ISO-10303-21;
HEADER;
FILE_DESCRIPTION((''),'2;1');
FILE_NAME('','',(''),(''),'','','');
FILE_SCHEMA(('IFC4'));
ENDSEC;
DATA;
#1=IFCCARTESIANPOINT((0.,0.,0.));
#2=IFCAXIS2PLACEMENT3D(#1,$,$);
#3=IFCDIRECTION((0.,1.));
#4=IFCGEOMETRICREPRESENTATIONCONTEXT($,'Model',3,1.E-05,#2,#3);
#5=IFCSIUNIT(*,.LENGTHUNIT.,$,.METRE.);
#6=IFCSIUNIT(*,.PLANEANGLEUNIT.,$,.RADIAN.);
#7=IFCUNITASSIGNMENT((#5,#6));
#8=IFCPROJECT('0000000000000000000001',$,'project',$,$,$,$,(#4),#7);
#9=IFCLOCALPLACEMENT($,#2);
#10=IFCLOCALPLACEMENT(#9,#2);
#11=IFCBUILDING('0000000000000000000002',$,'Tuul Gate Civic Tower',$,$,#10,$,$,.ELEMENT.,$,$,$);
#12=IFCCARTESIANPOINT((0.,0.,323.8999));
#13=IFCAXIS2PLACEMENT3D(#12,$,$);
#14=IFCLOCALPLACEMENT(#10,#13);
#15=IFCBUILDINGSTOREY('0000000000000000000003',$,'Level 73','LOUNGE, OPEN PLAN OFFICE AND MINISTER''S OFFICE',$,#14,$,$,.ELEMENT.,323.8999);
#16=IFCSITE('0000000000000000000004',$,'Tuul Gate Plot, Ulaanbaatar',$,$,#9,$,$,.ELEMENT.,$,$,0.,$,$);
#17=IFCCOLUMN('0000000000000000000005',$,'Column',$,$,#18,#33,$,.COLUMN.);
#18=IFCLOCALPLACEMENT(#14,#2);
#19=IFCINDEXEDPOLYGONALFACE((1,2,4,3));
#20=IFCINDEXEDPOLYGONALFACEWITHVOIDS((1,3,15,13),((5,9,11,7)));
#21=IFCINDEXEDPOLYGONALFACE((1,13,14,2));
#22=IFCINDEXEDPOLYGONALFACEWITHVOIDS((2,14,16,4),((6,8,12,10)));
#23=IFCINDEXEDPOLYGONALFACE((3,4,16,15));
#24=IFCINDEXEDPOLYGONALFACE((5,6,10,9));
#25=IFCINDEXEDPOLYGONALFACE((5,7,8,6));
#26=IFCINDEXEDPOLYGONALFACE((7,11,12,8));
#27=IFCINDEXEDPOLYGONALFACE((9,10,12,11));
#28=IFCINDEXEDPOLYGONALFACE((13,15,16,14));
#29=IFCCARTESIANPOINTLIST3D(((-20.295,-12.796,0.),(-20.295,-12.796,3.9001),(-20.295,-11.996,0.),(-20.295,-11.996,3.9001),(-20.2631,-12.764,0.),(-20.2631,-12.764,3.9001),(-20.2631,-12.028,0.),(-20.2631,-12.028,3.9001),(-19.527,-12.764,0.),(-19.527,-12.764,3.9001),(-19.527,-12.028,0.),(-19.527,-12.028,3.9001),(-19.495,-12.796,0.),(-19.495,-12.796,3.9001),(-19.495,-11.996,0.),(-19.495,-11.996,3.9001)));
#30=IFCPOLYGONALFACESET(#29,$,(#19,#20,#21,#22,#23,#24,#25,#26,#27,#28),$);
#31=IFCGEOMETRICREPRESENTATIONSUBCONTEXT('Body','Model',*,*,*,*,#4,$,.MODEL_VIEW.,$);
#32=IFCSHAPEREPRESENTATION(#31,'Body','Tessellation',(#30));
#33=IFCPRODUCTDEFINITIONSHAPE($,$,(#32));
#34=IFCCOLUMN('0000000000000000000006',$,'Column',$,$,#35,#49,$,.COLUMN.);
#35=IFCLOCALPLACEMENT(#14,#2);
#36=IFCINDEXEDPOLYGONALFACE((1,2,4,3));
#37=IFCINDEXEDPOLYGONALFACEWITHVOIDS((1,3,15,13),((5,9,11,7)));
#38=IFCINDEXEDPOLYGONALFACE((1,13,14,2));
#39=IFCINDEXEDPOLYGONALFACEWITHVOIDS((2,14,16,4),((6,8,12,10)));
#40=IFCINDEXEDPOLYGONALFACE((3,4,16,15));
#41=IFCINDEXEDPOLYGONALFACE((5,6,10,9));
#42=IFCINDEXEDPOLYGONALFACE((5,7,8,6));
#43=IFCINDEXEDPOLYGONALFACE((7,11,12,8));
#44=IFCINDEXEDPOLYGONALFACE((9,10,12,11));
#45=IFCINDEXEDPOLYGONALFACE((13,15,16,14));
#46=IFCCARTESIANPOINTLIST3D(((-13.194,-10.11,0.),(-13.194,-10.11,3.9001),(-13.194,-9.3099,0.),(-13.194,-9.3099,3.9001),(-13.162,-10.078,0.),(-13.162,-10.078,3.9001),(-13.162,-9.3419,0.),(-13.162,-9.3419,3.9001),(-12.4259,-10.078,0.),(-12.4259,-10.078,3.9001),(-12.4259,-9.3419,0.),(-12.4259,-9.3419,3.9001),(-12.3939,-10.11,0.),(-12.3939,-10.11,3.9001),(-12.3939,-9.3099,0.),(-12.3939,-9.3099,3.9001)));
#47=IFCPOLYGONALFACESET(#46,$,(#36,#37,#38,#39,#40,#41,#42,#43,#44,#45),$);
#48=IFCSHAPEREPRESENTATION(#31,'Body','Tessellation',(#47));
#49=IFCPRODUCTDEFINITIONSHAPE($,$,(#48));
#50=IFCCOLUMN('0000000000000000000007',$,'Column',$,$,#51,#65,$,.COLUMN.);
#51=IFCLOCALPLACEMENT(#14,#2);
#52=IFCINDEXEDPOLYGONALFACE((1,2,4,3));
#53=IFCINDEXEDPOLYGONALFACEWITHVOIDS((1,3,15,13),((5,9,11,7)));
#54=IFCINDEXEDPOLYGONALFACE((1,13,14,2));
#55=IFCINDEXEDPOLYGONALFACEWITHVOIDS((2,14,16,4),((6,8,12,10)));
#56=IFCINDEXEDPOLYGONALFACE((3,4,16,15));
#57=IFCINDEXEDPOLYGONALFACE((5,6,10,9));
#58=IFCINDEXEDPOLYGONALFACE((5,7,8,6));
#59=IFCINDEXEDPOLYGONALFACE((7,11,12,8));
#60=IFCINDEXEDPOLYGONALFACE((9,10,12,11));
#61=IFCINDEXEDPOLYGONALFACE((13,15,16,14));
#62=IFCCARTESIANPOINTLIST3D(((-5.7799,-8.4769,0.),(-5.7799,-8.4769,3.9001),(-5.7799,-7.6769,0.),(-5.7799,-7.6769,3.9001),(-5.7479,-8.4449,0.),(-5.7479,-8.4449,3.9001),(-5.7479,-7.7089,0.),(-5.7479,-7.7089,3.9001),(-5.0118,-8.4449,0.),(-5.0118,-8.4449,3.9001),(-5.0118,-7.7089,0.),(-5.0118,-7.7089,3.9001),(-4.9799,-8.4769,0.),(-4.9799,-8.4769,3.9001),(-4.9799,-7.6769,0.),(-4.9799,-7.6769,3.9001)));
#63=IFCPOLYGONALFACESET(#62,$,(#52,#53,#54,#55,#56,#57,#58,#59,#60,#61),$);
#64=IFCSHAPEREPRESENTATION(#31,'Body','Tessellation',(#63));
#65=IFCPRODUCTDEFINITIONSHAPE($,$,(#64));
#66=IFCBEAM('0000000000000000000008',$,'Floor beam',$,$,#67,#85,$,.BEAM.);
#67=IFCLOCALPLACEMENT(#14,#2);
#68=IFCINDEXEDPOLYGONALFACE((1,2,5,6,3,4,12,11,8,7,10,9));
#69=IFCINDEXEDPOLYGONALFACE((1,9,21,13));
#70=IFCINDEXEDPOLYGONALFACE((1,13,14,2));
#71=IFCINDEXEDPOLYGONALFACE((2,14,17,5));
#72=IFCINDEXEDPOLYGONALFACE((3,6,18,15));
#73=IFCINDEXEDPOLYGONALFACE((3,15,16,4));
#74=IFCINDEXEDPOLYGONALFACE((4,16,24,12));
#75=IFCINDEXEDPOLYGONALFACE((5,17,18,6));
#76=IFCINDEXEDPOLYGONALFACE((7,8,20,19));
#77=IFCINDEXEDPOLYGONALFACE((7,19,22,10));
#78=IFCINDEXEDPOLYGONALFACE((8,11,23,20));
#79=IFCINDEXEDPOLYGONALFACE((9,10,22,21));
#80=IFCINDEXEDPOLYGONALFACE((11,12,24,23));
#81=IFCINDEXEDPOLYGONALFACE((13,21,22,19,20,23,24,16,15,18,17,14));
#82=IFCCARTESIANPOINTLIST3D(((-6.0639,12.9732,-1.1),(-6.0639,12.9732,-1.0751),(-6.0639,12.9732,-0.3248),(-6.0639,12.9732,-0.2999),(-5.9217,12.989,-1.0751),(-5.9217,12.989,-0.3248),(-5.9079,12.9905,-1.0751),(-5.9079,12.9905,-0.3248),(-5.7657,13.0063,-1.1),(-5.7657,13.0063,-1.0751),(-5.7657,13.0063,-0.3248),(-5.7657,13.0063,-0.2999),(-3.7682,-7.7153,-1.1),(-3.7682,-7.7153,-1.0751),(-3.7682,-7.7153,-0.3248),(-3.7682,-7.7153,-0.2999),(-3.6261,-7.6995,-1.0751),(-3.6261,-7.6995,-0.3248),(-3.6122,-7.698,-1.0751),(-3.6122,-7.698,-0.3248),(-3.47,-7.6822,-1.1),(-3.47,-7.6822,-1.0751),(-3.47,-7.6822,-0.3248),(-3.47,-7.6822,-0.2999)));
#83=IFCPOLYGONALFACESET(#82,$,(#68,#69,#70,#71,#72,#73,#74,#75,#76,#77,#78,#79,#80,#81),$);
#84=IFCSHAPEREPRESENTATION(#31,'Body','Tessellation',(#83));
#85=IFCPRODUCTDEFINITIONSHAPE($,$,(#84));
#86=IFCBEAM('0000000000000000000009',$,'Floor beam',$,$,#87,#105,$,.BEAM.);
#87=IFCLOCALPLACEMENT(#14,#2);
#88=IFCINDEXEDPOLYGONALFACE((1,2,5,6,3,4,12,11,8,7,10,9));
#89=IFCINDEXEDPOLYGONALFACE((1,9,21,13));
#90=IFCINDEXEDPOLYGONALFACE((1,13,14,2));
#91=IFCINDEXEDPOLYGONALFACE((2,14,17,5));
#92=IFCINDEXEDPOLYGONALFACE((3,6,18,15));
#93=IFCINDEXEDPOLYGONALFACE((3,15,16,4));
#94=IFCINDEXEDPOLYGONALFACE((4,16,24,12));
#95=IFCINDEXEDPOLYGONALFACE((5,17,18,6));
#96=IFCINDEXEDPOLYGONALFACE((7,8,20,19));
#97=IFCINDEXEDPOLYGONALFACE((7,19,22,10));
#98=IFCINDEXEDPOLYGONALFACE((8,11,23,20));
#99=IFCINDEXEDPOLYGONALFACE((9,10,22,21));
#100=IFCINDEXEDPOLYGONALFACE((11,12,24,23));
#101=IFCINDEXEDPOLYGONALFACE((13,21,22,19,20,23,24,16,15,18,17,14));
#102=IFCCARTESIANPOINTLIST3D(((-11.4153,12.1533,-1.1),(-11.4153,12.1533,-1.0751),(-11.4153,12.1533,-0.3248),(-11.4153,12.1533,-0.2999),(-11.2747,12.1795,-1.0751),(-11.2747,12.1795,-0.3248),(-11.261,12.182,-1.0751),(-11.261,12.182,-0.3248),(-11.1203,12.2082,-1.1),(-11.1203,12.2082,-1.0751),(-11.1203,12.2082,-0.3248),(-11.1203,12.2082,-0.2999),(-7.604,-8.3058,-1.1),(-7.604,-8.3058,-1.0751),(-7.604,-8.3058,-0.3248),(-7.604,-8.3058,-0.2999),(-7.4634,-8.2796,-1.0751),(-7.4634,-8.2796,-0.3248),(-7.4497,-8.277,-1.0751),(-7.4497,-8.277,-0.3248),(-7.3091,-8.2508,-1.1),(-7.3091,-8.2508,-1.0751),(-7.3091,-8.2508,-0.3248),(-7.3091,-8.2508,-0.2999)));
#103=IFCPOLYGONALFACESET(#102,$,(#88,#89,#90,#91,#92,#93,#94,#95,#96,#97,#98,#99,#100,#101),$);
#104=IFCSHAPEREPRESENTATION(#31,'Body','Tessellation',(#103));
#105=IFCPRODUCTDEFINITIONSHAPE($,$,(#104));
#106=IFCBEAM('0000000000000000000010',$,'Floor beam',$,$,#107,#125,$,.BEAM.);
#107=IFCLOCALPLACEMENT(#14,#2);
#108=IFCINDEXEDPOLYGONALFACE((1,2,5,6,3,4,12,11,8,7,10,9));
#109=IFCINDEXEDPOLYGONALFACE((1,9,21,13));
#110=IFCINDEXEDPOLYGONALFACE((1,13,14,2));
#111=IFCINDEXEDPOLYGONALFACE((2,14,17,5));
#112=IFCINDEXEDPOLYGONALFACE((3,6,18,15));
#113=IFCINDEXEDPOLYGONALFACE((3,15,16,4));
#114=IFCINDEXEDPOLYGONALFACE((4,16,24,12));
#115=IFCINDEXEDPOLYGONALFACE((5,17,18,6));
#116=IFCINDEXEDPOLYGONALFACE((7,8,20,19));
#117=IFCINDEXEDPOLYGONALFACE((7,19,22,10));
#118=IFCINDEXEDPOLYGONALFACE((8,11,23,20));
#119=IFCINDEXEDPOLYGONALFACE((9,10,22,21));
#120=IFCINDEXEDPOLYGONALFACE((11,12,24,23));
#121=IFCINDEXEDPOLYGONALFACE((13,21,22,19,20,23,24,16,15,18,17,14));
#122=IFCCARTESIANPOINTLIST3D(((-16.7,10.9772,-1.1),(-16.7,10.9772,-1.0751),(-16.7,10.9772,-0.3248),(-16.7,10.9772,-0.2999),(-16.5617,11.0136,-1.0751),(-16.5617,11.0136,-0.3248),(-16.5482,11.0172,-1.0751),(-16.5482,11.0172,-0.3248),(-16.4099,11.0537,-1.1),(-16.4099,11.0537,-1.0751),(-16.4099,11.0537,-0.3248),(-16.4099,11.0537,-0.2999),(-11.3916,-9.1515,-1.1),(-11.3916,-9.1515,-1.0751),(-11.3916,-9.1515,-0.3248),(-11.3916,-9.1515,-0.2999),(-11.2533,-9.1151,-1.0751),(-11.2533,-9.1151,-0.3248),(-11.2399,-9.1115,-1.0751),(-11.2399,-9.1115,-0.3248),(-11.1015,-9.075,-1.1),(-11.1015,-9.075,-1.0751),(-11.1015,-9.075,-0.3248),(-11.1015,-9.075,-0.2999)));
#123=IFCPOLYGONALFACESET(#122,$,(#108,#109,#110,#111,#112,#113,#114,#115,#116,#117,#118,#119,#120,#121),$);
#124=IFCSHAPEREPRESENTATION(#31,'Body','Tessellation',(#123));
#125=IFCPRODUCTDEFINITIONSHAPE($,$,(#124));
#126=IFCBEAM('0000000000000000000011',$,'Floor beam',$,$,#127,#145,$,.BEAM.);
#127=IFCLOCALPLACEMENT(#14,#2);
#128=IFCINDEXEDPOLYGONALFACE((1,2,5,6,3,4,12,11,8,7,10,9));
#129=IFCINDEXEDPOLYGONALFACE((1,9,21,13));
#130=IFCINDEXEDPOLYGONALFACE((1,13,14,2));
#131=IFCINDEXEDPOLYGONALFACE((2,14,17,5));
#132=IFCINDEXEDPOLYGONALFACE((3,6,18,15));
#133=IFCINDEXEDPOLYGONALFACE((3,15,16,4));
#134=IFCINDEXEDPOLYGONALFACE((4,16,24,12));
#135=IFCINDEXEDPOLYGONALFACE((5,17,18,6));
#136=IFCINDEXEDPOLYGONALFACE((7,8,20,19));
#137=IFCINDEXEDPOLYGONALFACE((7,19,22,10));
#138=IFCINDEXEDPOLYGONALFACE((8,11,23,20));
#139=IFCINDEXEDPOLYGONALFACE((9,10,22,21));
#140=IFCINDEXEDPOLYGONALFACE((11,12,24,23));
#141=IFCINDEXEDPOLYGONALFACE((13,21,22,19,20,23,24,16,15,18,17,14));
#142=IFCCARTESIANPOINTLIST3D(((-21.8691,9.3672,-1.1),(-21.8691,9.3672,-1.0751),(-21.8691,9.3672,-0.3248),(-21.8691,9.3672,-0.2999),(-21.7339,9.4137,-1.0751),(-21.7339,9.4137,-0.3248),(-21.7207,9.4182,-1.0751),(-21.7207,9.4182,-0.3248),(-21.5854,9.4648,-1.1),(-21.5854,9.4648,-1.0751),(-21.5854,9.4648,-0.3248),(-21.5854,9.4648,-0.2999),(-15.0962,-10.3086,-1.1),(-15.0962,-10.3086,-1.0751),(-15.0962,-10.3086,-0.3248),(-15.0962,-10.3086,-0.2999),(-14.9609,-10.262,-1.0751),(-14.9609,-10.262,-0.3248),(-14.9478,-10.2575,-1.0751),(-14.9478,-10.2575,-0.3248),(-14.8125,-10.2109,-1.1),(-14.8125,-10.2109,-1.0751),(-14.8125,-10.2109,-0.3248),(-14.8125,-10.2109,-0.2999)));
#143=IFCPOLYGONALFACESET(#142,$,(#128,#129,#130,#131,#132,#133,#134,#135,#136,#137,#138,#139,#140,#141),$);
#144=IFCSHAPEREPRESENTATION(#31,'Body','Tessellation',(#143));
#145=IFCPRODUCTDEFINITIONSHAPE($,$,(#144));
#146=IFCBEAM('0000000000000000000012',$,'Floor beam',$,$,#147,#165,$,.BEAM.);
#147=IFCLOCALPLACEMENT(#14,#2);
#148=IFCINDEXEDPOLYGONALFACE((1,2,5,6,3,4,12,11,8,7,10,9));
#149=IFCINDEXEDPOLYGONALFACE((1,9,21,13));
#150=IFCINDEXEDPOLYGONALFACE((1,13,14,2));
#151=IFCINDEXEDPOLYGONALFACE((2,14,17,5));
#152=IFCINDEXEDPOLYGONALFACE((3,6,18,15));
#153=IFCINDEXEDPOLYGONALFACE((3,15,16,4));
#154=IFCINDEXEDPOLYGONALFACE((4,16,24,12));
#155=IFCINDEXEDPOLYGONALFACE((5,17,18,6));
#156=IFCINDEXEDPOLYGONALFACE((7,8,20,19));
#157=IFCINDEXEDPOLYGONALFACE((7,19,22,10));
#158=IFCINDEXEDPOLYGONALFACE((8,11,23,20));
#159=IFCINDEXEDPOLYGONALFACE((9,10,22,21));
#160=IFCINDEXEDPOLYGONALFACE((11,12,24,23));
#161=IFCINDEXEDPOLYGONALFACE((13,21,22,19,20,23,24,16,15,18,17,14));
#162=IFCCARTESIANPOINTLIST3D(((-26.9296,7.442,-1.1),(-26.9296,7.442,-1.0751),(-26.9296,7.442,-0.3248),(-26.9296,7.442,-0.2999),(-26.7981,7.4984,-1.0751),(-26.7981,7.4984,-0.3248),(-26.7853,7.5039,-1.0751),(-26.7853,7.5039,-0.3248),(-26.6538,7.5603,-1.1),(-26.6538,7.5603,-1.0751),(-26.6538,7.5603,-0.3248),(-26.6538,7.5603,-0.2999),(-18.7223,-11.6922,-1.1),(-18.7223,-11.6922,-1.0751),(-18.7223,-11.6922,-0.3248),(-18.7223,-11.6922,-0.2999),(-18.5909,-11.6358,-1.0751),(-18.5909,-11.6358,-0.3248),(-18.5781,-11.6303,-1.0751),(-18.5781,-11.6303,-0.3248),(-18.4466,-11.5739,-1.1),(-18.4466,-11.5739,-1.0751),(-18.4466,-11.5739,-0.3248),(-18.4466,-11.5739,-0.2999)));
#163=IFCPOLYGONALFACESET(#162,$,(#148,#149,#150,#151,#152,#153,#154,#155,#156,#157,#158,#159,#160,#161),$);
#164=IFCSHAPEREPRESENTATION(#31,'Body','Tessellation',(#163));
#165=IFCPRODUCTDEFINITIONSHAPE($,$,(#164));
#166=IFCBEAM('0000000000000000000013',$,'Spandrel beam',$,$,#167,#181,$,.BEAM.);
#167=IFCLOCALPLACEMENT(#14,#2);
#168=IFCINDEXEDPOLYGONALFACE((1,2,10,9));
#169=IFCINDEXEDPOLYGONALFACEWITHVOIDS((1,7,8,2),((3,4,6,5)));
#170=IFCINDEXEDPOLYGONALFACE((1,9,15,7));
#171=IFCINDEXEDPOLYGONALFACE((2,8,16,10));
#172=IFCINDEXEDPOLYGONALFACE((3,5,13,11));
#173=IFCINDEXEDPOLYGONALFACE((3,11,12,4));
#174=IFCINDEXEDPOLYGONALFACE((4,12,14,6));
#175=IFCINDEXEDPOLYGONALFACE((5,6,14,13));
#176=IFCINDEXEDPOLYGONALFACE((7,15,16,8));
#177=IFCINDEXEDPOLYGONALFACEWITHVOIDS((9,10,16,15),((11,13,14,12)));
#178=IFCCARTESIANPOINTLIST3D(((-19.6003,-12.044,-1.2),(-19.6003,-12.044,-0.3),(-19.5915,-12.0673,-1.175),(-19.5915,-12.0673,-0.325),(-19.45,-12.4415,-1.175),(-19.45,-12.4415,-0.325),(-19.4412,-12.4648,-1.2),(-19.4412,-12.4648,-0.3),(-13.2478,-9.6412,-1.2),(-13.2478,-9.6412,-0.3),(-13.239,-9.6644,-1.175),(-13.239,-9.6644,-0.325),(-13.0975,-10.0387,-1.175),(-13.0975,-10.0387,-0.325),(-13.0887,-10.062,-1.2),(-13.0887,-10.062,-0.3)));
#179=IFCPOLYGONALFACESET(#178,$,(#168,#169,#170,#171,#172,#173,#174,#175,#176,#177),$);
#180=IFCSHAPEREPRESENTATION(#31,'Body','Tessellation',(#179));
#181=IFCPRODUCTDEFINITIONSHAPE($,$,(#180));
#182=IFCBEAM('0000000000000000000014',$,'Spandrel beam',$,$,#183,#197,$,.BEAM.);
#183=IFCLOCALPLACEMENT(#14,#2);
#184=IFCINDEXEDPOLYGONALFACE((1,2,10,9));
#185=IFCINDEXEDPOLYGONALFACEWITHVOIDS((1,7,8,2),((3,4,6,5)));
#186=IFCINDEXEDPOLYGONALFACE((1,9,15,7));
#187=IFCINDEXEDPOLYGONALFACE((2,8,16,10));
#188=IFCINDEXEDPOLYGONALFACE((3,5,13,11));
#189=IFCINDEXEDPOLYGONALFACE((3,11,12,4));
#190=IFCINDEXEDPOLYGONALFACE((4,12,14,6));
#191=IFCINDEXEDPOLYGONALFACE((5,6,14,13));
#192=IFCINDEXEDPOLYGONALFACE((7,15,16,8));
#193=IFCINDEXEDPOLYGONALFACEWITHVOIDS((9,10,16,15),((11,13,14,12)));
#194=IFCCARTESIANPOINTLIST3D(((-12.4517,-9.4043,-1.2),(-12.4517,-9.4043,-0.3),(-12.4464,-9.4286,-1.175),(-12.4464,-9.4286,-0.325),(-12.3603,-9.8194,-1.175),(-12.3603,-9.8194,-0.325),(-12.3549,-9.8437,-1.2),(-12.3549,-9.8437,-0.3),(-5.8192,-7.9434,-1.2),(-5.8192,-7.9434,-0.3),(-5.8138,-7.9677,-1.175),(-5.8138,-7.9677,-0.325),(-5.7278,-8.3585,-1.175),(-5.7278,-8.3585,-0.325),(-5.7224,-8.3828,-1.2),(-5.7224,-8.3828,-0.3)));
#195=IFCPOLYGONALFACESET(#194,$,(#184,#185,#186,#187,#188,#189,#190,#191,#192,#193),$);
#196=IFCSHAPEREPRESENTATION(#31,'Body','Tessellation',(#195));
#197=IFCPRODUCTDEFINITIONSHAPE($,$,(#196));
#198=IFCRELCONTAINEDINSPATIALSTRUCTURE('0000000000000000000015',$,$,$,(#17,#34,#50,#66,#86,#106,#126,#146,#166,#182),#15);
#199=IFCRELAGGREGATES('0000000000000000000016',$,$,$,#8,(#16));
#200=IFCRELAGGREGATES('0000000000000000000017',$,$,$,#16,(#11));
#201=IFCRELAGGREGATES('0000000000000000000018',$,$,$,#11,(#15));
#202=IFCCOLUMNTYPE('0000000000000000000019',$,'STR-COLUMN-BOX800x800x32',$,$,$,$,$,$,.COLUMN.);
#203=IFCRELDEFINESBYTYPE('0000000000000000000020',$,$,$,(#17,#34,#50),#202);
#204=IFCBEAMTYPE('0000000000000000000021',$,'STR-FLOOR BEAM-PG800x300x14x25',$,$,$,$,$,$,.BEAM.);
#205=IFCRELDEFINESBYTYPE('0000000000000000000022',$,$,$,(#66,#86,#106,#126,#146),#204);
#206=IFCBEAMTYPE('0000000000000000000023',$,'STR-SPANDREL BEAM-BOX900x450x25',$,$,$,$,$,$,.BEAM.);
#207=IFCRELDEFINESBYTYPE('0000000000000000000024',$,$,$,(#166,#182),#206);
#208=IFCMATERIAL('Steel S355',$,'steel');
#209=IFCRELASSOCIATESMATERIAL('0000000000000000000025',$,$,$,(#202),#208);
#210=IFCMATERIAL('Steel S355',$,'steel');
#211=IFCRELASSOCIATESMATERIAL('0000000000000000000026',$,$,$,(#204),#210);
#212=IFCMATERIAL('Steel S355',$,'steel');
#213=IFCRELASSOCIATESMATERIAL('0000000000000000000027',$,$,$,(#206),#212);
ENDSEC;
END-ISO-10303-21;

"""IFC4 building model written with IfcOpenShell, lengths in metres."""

from ifc_helpers import new_model, si_unit, direction, frame, origin, origin_2d, place, context, subcontext, project, spatial, hollow_rectangle, i_section, extrude, material, material_profile, profile_set, type_object, element, save


model = new_model("IFC4")

# Units and contexts
model_context = context("Model", 3, precision=1e-05, world=origin(), true_north=direction((0.0, 1.0)))
body_context = subcontext(model_context, "Body", "Model", "MODEL_VIEW")
ifc_project = project(units=[si_unit("LENGTHUNIT", "METRE"), si_unit("PLANEANGLEUNIT", "RADIAN")], contexts=[model_context])

# Site, building, storey
site_placement = place(None, origin())
site = spatial("IfcSite", under=ifc_project, at=site_placement, Name="Tuul Gate Plot, Ulaanbaatar", CompositionType="ELEMENT", RefElevation=0.0)
building_placement = place(site_placement, origin())
building = spatial("IfcBuilding", under=site, at=building_placement, Name="Tuul Gate Civic Tower", CompositionType="ELEMENT")
storey_placement = place(building_placement, frame((0.0, 0.0, 323.8999)))
storey = spatial("IfcBuildingStorey", under=building, at=storey_placement, Name="Level 73", Description="LOUNGE, OPEN PLAN OFFICE AND MINISTER'S OFFICE", CompositionType="ELEMENT", Elevation=323.8999)

# Columns
ifc_material_1 = material(Name="Steel S355", Category="steel")
ifc_material_profile_1 = material_profile(ifc_material_1, hollow_rectangle(XDim=0.8, YDim=0.8, WallThickness=0.032, at=origin_2d()), Name="BOX800x800x32")
ifc_profile_set_1 = profile_set([ifc_material_profile_1], Name="Steel S355")
column_type = type_object("IfcColumnType", Name="STR-COLUMN-BOX800x800x32", PredefinedType="COLUMN", material=ifc_profile_set_1)
for number, where, z_axis, x_axis, name in (
    (1, (-19.895, -12.396, 0.0), (0.0, 0.0, 1.0), (1.0, 0.0, 0.0), "Column"),
    (2, (-12.7939, -9.71, 0.0), (0.0, 0.0, 1.0), (1.0, 0.0, 0.0), "Column"),
    (3, (-5.3799, -8.0769, 0.0), (0.0, 0.0, 1.0), (1.0, 0.0, 0.0), "Column"),
):
    element("IfcColumn", number, at=place(storey_placement, frame(where, z_axis=z_axis, x_axis=x_axis)), inside=storey, type_object=column_type, Name=name, PredefinedType="COLUMN", context=body_context, shape_type="SweptSolid", body=[
        extrude(hollow_rectangle(XDim=0.8, YDim=0.8, WallThickness=0.032, at=origin_2d()), origin(), (0.0, 0.0, 1.0), 3.9001),
    ])

# Beams
ifc_material_2 = material(Name="Steel S355", Category="steel")
ifc_material_profile_2 = material_profile(ifc_material_2, i_section(OverallWidth=0.3, OverallDepth=0.8, WebThickness=0.0139, FlangeThickness=0.0249, at=origin_2d()), Name="PG800x300x14x25")
ifc_profile_set_2 = profile_set([ifc_material_profile_2], Name="Steel S355")
beam_type_1 = type_object("IfcBeamType", Name="STR-FLOOR BEAM-PG800x300x14x25", PredefinedType="BEAM", material=ifc_profile_set_2)
beam_1_placement = place(storey_placement, frame((-3.6191, -7.6987, -0.7), z_axis=(-0.110286, 0.9939, 0.0), x_axis=(-0.9939, -0.110286, 0.0)))
element("IfcBeam", 4, at=beam_1_placement, inside=storey, type_object=beam_type_1, Name="Floor beam", PredefinedType="BEAM", context=body_context, shape_type="SweptSolid", body=[
    extrude(i_section(OverallWidth=0.3, OverallDepth=0.8, WebThickness=0.0139, FlangeThickness=0.0249, at=origin_2d()), origin(), (0.0, 0.0, 1.0), 20.8154),
])
beam_2_placement = place(storey_placement, frame((-7.4565, -8.2783, -0.7), z_axis=(-0.183138, 0.983087, 0.0), x_axis=(-0.983087, -0.183138, 0.0)))
element("IfcBeam", 5, at=beam_2_placement, inside=storey, type_object=beam_type_1, Name="Floor beam", PredefinedType="BEAM", context=body_context, shape_type="SweptSolid", body=[
    extrude(i_section(OverallWidth=0.3, OverallDepth=0.8, WebThickness=0.0139, FlangeThickness=0.0249, at=origin_2d()), origin(), (0.0, 0.0, 1.0), 20.811),
])
beam_3_placement = place(storey_placement, frame((-11.2466, -9.1133, -0.7), z_axis=(-0.255002, 0.96694, 0.0), x_axis=(-0.96694, -0.255002, 0.0)))
element("IfcBeam", 6, at=beam_3_placement, inside=storey, type_object=beam_type_1, Name="Floor beam", PredefinedType="BEAM", context=body_context, shape_type="SweptSolid", body=[
    extrude(i_section(OverallWidth=0.3, OverallDepth=0.8, WebThickness=0.0139, FlangeThickness=0.0249, at=origin_2d()), origin(), (0.0, 0.0, 1.0), 20.8169),
])
beam_4_placement = place(storey_placement, frame((-14.9543, -10.2598, -0.7), z_axis=(-0.325484, 0.945548, 0.0), x_axis=(-0.945548, -0.325484, 0.0)))
element("IfcBeam", 7, at=beam_4_placement, inside=storey, type_object=beam_type_1, Name="Floor beam", PredefinedType="BEAM", context=body_context, shape_type="SweptSolid", body=[
    extrude(i_section(OverallWidth=0.3, OverallDepth=0.8, WebThickness=0.0139, FlangeThickness=0.0249, at=origin_2d()), origin(), (0.0, 0.0, 1.0), 20.8088),
])
beam_5_placement = place(storey_placement, frame((-18.5845, -11.6331, -0.7), z_axis=(-0.394198, 0.919026, 0.0), x_axis=(-0.919026, -0.394198, 0.0)))
element("IfcBeam", 8, at=beam_5_placement, inside=storey, type_object=beam_type_1, Name="Floor beam", PredefinedType="BEAM", context=body_context, shape_type="SweptSolid", body=[
    extrude(i_section(OverallWidth=0.3, OverallDepth=0.8, WebThickness=0.0139, FlangeThickness=0.0249, at=origin_2d()), origin(), (0.0, 0.0, 1.0), 20.8201),
])
ifc_material_3 = material(Name="Steel S355", Category="steel")
ifc_material_profile_3 = material_profile(ifc_material_3, hollow_rectangle(XDim=0.45, YDim=0.8999, WallThickness=0.0249, at=origin_2d()), Name="BOX900x450x25")
ifc_profile_set_3 = profile_set([ifc_material_profile_3], Name="Steel S355")
beam_type_2 = type_object("IfcBeamType", Name="STR-SPANDREL BEAM-BOX900x450x25", PredefinedType="BEAM", material=ifc_profile_set_3)
beam_6_placement = place(storey_placement, frame((-19.5208, -12.2544, -0.75), z_axis=(0.935327, 0.353785, 0.0), x_axis=(-0.353785, 0.935327, 0.0)))
element("IfcBeam", 9, at=beam_6_placement, inside=storey, type_object=beam_type_2, Name="Spandrel beam", PredefinedType="BEAM", context=body_context, shape_type="SweptSolid", body=[
    extrude(hollow_rectangle(XDim=0.45, YDim=0.8999, WallThickness=0.0249, at=origin_2d()), origin(), (0.0, 0.0, 1.0), 6.7917),
])
beam_7_placement = place(storey_placement, frame((-12.4033, -9.624, -0.75), z_axis=(0.97659, 0.215111, 0.0), x_axis=(-0.215111, 0.97659, 0.0)))
element("IfcBeam", 10, at=beam_7_placement, inside=storey, type_object=beam_type_2, Name="Spandrel beam", PredefinedType="BEAM", context=body_context, shape_type="SweptSolid", body=[
    extrude(hollow_rectangle(XDim=0.45, YDim=0.8999, WallThickness=0.0249, at=origin_2d()), origin(), (0.0, 0.0, 1.0), 6.7915),
])

save(model, "model.ifc")
